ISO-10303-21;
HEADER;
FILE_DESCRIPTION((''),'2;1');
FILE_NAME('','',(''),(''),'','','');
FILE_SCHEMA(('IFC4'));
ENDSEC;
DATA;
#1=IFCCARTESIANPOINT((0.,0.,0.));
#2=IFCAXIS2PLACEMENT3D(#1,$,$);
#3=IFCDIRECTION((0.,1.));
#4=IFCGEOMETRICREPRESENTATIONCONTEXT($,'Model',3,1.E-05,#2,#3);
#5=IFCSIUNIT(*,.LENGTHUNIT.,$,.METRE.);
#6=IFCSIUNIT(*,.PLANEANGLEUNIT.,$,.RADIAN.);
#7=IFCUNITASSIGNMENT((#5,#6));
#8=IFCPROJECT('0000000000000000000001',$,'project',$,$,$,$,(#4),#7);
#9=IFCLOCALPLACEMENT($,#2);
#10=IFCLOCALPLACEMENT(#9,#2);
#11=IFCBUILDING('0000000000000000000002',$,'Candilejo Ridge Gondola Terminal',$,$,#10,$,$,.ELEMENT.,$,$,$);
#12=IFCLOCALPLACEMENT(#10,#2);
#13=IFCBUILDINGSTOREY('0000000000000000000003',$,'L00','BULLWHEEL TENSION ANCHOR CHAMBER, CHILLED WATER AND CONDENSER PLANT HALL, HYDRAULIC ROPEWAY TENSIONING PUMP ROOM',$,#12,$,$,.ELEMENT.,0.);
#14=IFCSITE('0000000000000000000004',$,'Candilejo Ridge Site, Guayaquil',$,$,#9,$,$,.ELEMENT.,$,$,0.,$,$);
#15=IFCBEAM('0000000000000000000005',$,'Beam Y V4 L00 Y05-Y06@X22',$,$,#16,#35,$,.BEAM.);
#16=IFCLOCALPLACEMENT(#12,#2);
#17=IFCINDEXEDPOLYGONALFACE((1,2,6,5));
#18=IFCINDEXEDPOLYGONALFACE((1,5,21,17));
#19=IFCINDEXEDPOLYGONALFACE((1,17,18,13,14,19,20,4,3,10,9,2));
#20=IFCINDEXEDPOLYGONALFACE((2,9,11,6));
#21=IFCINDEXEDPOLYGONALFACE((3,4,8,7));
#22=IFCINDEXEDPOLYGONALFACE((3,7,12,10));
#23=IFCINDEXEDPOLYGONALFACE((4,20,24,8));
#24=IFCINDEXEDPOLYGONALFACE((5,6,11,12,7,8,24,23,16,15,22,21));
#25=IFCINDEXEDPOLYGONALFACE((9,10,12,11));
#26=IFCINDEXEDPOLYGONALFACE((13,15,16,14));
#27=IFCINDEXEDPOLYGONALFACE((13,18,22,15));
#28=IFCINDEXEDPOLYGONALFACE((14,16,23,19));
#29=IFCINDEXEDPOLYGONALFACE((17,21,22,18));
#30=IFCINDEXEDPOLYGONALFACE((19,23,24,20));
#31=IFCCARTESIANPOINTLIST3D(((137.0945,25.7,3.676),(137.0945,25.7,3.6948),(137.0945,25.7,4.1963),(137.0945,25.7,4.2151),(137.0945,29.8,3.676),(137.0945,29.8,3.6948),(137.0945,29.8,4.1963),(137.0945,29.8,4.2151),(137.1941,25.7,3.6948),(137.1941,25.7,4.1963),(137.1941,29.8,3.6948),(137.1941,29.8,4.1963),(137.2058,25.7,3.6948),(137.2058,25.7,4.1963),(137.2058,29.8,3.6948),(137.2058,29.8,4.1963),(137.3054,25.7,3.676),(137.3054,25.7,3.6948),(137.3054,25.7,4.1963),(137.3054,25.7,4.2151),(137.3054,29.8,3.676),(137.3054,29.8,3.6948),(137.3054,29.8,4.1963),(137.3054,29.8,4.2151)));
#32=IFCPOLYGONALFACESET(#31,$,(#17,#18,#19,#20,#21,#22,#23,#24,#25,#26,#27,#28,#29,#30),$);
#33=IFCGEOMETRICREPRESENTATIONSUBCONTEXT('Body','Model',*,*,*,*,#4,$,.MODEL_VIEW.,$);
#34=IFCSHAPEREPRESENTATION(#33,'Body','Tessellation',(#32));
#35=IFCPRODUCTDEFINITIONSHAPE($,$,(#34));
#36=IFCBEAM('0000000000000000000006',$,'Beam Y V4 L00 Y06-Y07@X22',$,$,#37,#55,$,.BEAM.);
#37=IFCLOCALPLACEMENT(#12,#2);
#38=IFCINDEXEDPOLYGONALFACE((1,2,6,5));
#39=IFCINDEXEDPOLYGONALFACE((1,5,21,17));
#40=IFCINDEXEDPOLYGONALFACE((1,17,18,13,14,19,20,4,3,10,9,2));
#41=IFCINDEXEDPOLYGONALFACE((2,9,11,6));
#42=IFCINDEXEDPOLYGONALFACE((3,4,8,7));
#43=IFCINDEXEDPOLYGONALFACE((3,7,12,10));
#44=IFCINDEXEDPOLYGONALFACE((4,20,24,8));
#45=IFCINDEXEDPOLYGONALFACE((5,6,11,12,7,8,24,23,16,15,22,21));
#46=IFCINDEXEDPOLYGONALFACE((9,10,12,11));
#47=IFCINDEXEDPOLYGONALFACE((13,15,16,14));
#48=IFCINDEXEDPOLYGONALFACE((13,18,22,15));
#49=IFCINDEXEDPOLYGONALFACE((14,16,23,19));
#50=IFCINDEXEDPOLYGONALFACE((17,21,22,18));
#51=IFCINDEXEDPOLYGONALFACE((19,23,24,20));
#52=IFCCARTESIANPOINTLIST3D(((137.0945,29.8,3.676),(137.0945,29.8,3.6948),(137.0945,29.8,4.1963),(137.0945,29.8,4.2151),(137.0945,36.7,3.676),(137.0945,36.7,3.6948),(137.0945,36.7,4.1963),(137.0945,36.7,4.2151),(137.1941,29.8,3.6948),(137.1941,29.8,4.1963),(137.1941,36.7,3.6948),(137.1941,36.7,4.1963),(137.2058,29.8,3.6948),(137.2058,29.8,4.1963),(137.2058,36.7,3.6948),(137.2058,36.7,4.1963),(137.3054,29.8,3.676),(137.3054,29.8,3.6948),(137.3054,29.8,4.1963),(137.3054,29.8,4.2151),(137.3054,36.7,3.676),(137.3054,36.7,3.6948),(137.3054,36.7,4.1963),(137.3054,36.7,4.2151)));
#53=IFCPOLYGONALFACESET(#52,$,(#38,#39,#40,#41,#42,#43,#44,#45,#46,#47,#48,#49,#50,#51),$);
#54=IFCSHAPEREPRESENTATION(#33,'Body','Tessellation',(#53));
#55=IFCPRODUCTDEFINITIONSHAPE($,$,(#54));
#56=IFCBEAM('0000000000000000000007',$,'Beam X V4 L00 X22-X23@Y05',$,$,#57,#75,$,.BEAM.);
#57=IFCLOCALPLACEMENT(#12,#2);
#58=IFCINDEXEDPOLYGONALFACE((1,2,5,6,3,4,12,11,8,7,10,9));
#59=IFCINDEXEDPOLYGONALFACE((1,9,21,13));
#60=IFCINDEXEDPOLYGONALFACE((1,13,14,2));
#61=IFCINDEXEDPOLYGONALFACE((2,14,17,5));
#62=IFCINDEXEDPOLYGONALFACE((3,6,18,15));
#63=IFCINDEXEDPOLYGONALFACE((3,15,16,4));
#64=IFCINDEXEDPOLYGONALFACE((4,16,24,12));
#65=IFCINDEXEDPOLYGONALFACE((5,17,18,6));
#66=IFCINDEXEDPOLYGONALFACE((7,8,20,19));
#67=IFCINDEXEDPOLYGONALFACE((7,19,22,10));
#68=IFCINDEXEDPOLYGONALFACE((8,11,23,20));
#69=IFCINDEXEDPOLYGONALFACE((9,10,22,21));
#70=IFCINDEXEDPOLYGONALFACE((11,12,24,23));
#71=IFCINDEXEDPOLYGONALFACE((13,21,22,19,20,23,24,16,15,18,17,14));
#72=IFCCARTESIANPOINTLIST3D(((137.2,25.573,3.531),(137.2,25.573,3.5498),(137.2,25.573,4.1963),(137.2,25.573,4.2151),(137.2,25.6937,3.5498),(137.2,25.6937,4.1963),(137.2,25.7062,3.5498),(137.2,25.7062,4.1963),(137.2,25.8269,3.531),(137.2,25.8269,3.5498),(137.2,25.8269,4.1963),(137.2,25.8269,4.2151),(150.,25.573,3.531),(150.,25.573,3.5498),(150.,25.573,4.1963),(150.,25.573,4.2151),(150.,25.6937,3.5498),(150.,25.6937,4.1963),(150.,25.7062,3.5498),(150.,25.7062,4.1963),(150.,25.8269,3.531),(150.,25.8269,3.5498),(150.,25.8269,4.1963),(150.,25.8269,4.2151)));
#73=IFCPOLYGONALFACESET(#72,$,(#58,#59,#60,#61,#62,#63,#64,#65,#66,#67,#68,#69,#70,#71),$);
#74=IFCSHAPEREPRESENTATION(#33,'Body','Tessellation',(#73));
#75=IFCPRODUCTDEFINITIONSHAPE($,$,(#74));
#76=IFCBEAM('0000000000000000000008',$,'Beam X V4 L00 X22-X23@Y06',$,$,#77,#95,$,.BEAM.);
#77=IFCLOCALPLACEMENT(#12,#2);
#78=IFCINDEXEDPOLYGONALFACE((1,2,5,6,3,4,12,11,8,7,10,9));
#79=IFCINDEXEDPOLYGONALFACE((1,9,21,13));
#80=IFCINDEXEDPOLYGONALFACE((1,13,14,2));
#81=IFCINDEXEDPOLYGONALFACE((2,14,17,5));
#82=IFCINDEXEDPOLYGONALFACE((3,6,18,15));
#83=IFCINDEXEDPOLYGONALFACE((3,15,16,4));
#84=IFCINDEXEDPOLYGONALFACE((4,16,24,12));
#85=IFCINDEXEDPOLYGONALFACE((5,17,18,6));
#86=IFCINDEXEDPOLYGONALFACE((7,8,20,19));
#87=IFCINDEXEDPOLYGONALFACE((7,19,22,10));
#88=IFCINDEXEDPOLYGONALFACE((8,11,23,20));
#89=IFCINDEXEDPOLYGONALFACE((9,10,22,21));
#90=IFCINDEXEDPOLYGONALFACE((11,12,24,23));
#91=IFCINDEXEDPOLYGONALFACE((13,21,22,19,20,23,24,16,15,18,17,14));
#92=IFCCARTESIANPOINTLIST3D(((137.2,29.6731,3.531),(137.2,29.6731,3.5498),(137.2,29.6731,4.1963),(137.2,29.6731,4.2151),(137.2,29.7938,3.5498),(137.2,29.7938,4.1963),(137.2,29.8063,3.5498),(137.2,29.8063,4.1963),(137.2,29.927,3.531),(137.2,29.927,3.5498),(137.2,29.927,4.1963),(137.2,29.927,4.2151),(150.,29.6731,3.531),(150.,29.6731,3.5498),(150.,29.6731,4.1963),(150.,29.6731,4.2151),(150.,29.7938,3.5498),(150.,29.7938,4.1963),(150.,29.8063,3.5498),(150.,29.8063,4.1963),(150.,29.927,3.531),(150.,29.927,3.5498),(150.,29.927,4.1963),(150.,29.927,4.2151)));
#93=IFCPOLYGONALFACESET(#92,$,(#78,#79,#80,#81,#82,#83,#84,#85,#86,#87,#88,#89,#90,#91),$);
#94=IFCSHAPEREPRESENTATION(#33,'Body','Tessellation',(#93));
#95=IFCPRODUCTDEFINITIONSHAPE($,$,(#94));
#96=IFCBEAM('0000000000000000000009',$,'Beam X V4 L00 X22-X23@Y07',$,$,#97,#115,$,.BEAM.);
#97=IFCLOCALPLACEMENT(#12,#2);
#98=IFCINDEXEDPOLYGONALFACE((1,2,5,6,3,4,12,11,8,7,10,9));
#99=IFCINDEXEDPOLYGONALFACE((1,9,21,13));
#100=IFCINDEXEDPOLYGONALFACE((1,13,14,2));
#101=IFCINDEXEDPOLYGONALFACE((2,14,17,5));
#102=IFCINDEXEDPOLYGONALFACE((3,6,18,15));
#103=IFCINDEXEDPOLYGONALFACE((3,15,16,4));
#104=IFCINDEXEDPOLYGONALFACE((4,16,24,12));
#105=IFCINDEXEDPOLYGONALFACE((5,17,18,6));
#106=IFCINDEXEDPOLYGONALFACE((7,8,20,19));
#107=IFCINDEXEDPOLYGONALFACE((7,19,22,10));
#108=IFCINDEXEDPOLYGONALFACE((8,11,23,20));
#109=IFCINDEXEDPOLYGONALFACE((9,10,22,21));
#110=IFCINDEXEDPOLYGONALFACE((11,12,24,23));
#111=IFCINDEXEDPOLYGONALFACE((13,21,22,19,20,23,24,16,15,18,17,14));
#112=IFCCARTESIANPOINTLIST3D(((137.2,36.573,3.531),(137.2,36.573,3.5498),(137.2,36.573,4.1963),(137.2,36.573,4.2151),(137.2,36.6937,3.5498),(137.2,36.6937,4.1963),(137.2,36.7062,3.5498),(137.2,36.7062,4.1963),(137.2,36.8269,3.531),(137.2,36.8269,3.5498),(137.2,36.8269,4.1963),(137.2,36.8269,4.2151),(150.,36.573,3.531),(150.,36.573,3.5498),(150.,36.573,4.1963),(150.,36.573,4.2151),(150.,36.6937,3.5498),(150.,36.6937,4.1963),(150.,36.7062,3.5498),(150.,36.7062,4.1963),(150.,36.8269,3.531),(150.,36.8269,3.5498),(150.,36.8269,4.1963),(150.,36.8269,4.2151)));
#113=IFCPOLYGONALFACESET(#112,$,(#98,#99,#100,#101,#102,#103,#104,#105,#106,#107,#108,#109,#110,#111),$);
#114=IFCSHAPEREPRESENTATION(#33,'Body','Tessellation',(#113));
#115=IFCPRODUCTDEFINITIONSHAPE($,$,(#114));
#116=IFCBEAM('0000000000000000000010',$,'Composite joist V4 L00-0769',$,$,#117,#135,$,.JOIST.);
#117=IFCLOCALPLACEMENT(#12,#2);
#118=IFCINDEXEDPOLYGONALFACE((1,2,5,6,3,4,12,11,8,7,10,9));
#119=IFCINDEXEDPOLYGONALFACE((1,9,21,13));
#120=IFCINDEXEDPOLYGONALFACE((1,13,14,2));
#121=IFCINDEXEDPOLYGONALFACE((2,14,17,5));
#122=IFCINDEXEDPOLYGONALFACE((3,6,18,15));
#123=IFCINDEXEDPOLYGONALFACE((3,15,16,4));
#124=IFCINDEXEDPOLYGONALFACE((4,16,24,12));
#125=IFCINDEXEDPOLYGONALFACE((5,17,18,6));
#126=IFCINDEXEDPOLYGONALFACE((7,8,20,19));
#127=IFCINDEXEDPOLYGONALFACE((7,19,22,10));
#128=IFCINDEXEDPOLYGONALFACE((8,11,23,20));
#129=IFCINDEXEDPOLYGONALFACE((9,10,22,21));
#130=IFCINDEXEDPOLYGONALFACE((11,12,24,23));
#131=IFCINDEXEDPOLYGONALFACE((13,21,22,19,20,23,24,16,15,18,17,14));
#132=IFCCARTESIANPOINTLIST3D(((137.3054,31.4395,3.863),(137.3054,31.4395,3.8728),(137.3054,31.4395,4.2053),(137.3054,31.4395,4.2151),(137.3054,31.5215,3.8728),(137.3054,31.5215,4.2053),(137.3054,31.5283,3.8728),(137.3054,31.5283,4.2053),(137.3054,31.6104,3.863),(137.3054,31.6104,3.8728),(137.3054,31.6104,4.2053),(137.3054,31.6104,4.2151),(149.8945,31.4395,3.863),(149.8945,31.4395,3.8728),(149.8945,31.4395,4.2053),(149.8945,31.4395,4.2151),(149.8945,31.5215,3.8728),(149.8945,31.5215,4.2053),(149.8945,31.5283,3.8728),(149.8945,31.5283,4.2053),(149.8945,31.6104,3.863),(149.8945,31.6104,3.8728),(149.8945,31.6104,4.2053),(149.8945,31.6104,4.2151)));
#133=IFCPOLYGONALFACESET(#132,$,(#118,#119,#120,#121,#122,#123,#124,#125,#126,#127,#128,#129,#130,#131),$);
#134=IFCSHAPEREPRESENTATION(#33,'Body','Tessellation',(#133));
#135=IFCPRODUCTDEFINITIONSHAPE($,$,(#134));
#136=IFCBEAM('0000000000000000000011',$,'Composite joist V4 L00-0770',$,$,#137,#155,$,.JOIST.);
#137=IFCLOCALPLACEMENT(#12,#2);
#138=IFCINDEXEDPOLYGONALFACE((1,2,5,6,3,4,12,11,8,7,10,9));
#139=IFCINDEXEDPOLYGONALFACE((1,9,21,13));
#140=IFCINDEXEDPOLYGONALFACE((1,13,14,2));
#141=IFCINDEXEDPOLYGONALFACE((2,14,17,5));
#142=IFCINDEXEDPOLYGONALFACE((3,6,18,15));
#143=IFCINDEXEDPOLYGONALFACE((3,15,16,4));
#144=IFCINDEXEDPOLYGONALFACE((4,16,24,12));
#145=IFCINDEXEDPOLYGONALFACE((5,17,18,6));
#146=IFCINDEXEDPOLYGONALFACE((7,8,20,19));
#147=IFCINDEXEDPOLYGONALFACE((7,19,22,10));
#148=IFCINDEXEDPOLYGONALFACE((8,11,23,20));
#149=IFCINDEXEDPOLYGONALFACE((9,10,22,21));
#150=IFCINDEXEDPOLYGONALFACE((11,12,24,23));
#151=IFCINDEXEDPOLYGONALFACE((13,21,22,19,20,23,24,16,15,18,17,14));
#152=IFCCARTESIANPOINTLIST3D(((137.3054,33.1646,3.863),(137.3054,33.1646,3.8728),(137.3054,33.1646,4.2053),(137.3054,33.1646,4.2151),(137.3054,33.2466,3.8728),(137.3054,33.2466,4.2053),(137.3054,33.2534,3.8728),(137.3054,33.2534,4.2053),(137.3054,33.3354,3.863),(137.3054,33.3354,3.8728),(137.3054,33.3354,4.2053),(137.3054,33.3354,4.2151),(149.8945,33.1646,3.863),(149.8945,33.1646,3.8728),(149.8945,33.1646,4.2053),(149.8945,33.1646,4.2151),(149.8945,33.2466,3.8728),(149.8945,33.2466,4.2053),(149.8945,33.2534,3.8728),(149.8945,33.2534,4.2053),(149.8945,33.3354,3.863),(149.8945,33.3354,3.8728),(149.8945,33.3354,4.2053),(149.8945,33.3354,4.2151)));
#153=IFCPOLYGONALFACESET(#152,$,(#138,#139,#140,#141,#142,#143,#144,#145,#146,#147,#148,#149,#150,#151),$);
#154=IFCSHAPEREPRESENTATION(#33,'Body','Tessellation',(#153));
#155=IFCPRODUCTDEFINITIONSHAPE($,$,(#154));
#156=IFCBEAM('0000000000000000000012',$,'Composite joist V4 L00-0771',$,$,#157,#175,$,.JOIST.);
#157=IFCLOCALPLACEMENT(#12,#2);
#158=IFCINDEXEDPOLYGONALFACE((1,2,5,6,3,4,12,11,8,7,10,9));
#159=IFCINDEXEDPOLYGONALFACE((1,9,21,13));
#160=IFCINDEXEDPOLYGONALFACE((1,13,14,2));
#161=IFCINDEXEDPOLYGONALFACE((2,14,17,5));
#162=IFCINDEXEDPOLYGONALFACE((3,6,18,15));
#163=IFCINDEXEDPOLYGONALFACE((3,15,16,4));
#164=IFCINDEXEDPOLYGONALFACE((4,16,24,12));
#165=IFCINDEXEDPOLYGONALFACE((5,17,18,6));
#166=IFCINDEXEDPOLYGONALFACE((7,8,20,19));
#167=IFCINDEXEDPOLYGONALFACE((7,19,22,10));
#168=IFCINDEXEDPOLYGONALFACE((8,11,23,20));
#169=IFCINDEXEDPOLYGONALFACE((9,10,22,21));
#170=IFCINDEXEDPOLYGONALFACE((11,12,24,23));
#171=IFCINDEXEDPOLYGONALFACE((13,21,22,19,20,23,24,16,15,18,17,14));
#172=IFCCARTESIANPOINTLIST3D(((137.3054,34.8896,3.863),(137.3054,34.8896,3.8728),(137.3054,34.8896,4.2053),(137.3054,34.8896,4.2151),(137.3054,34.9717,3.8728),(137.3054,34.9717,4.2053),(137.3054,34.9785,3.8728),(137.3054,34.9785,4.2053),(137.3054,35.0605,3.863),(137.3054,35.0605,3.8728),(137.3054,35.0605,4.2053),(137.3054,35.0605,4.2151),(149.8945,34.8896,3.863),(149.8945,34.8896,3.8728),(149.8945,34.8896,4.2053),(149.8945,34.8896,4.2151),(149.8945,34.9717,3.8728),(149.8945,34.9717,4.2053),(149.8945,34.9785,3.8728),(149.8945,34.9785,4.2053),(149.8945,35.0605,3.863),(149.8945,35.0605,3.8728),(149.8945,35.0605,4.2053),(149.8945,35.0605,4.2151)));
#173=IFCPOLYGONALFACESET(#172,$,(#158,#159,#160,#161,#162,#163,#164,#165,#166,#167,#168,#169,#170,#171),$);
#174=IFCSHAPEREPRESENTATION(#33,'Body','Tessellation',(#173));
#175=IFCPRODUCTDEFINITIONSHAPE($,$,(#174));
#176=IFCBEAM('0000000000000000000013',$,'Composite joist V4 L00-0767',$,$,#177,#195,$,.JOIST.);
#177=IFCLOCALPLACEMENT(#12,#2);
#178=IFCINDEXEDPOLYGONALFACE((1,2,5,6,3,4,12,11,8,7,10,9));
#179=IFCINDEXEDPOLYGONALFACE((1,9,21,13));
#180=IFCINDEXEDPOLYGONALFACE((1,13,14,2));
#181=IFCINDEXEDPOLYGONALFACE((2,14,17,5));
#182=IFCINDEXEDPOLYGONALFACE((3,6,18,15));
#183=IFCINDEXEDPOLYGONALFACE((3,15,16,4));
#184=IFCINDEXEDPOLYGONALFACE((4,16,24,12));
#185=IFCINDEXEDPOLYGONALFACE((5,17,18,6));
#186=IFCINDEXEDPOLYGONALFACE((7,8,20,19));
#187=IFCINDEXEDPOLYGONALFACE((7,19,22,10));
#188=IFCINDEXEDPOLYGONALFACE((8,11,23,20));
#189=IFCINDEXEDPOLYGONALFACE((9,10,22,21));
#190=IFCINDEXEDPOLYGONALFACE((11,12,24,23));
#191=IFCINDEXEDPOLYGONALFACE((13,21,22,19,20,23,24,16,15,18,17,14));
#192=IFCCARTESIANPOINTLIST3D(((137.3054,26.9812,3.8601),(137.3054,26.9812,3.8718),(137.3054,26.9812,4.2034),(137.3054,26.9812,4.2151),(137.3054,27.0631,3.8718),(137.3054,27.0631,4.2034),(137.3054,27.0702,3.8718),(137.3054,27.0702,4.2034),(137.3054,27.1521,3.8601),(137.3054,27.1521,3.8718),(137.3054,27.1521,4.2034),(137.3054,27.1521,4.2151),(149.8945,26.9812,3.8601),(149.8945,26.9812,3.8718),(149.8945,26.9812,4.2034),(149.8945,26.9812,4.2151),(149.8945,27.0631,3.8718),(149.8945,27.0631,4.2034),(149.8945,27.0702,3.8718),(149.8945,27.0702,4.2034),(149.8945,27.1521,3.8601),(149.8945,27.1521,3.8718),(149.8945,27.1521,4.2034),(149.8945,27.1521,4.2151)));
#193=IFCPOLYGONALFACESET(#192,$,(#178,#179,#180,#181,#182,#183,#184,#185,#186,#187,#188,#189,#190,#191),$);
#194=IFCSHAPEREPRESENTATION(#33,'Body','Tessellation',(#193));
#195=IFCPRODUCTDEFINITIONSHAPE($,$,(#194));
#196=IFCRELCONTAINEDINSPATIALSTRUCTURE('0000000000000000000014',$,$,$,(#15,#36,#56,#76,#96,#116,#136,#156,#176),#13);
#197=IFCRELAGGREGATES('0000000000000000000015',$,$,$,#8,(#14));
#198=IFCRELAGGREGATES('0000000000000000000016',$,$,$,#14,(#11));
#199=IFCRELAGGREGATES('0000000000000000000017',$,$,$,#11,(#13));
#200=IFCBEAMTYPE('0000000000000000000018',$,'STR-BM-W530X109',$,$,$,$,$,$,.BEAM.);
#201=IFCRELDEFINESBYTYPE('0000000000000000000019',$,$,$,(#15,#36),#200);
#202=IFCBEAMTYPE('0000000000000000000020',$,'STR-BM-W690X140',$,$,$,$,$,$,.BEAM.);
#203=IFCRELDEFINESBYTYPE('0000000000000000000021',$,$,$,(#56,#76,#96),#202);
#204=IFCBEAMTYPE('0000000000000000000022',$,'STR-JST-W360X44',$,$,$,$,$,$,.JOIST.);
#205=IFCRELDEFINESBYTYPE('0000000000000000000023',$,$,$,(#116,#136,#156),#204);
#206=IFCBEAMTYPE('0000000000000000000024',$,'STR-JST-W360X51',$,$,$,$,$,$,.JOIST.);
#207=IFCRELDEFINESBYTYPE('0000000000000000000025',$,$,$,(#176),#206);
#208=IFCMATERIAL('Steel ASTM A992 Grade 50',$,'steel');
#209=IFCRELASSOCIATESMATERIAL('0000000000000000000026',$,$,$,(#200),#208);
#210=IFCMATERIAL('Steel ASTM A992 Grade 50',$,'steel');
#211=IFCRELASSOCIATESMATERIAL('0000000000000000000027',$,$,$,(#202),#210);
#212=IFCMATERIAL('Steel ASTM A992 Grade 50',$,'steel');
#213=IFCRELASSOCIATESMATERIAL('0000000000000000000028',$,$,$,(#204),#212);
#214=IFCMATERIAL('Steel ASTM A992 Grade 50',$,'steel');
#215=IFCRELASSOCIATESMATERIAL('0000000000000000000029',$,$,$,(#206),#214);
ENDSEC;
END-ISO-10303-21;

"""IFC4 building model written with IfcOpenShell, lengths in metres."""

from ifc_helpers import new_model, si_unit, direction, frame, origin, origin_2d, place, context, subcontext, project, spatial, i_section, extrude, material, material_profile, profile_set, type_object, element, save


model = new_model("IFC4")

# Units and contexts
model_context = context("Model", 3, precision=1e-05, world=origin(), true_north=direction((0.0, 1.0)))
body_context = subcontext(model_context, "Body", "Model", "MODEL_VIEW")
ifc_project = project(units=[si_unit("LENGTHUNIT", "METRE"), si_unit("PLANEANGLEUNIT", "RADIAN")], contexts=[model_context])

# Site, building, storey
site_placement = place(None, origin())
site = spatial("IfcSite", under=ifc_project, at=site_placement, Name="Candilejo Ridge Site, Guayaquil", CompositionType="ELEMENT", RefElevation=0.0)
building_placement = place(site_placement, origin())
building = spatial("IfcBuilding", under=site, at=building_placement, Name="Candilejo Ridge Gondola Terminal", CompositionType="ELEMENT")
storey_placement = place(building_placement, origin())
storey = spatial("IfcBuildingStorey", under=building, at=storey_placement, Name="L00", Description="BULLWHEEL TENSION ANCHOR CHAMBER, CHILLED WATER AND CONDENSER PLANT HALL, HYDRAULIC ROPEWAY TENSIONING PUMP ROOM", CompositionType="ELEMENT", Elevation=0.0)

# Beams
ifc_material_1 = material(Name="Steel ASTM A992 Grade 50", Category="steel")
ifc_material_profile_1 = material_profile(ifc_material_1, i_section(OverallWidth=0.2109, OverallDepth=0.5391, WebThickness=0.0117, FlangeThickness=0.0188, at=origin_2d()))
ifc_profile_set_1 = profile_set([ifc_material_profile_1], Name="Steel ASTM A992 Grade 50")
beam_type_1 = type_object("IfcBeamType", Name="STR-BM-W530X109", PredefinedType="BEAM", material=ifc_profile_set_1)
beam_1_placement = place(storey_placement, frame((137.2, 25.7, 3.9456), z_axis=(0.0, 1.0, 0.0), x_axis=(-1.0, 0.0, 0.0)))
element("IfcBeam", 1, at=beam_1_placement, inside=storey, type_object=beam_type_1, Name="Beam Y V4 L00 Y05-Y06@X22", PredefinedType="BEAM", context=body_context, shape_type="SweptSolid", body=[
    extrude(i_section(OverallWidth=0.2109, OverallDepth=0.5391, WebThickness=0.0117, FlangeThickness=0.0188, at=origin_2d()), origin(), (0.0, 0.0, 1.0), 4.1001),
])
beam_2_placement = place(storey_placement, frame((137.2, 29.8, 3.9456), z_axis=(0.0, 1.0, 0.0), x_axis=(-1.0, 0.0, 0.0)))
element("IfcBeam", 2, at=beam_2_placement, inside=storey, type_object=beam_type_1, Name="Beam Y V4 L00 Y06-Y07@X22", PredefinedType="BEAM", context=body_context, shape_type="SweptSolid", body=[
    extrude(i_section(OverallWidth=0.2109, OverallDepth=0.5391, WebThickness=0.0117, FlangeThickness=0.0188, at=origin_2d()), origin(), (0.0, 0.0, 1.0), 6.8999),
])
ifc_material_2 = material(Name="Steel ASTM A992 Grade 50", Category="steel")
ifc_material_profile_2 = material_profile(ifc_material_2, i_section(OverallWidth=0.2539, OverallDepth=0.6841, WebThickness=0.0125, FlangeThickness=0.0188, at=origin_2d()))
ifc_profile_set_2 = profile_set([ifc_material_profile_2], Name="Steel ASTM A992 Grade 50")
beam_type_2 = type_object("IfcBeamType", Name="STR-BM-W690X140", PredefinedType="BEAM", material=ifc_profile_set_2)
for number, where, z_axis, x_axis, name in (
    (3, (137.2, 25.7, 3.873), (1.0, 0.0, 0.0), (0.0, 1.0, 0.0), "Beam X V4 L00 X22-X23@Y05"),
    (4, (137.2, 29.8, 3.873), (1.0, 0.0, 0.0), (0.0, 1.0, 0.0), "Beam X V4 L00 X22-X23@Y06"),
    (5, (137.2, 36.7, 3.873), (1.0, 0.0, 0.0), (0.0, 1.0, 0.0), "Beam X V4 L00 X22-X23@Y07"),
):
    element("IfcBeam", number, at=place(storey_placement, frame(where, z_axis=z_axis, x_axis=x_axis)), inside=storey, type_object=beam_type_2, Name=name, PredefinedType="BEAM", context=body_context, shape_type="SweptSolid", body=[
        extrude(i_section(OverallWidth=0.2539, OverallDepth=0.6841, WebThickness=0.0125, FlangeThickness=0.0188, at=origin_2d()), origin(), (0.0, 0.0, 1.0), 12.8),
    ])
ifc_material_3 = material(Name="Steel ASTM A992 Grade 50", Category="steel")
ifc_material_profile_3 = material_profile(ifc_material_3, i_section(OverallWidth=0.1709, OverallDepth=0.3521, WebThickness=0.0068, FlangeThickness=0.0098, at=origin_2d()))
ifc_profile_set_3 = profile_set([ifc_material_profile_3], Name="Steel ASTM A992 Grade 50")
beam_type_3 = type_object("IfcBeamType", Name="STR-JST-W360X44", PredefinedType="JOIST", material=ifc_profile_set_3)
for number, where, z_axis, x_axis, name in (
    (6, (137.3054, 31.5249, 4.0391), (1.0, 0.0, 0.0), (0.0, 1.0, 0.0), "Composite joist V4 L00-0769"),
    (7, (137.3054, 33.25, 4.0391), (1.0, 0.0, 0.0), (0.0, 1.0, 0.0), "Composite joist V4 L00-0770"),
    (8, (137.3054, 34.9751, 4.0391), (1.0, 0.0, 0.0), (0.0, 1.0, 0.0), "Composite joist V4 L00-0771"),
):
    element("IfcBeam", number, at=place(storey_placement, frame(where, z_axis=z_axis, x_axis=x_axis)), inside=storey, type_object=beam_type_3, Name=name, PredefinedType="JOIST", context=body_context, shape_type="SweptSolid", body=[
        extrude(i_section(OverallWidth=0.1709, OverallDepth=0.3521, WebThickness=0.0068, FlangeThickness=0.0098, at=origin_2d()), origin(), (0.0, 0.0, 1.0), 12.5891),
    ])
ifc_material_4 = material(Name="Steel ASTM A992 Grade 50", Category="steel")
ifc_material_profile_4 = material_profile(ifc_material_4, i_section(OverallWidth=0.1709, OverallDepth=0.355, WebThickness=0.0071, FlangeThickness=0.0117, at=origin_2d()))
ifc_profile_set_4 = profile_set([ifc_material_profile_4], Name="Steel ASTM A992 Grade 50")
beam_type_4 = type_object("IfcBeamType", Name="STR-JST-W360X51", PredefinedType="JOIST", material=ifc_profile_set_4)
for number, where, z_axis, x_axis, name in (
    (9, (137.3054, 27.0667, 4.0376), (1.0, 0.0, 0.0), (0.0, 1.0, 0.0), "Composite joist V4 L00-0767"),
):
    element("IfcBeam", number, at=place(storey_placement, frame(where, z_axis=z_axis, x_axis=x_axis)), inside=storey, type_object=beam_type_4, Name=name, PredefinedType="JOIST", context=body_context, shape_type="SweptSolid", body=[
        extrude(i_section(OverallWidth=0.1709, OverallDepth=0.355, WebThickness=0.0071, FlangeThickness=0.0117, at=origin_2d()), origin(), (0.0, 0.0, 1.0), 12.5891),
    ])

save(model, "model.ifc")
